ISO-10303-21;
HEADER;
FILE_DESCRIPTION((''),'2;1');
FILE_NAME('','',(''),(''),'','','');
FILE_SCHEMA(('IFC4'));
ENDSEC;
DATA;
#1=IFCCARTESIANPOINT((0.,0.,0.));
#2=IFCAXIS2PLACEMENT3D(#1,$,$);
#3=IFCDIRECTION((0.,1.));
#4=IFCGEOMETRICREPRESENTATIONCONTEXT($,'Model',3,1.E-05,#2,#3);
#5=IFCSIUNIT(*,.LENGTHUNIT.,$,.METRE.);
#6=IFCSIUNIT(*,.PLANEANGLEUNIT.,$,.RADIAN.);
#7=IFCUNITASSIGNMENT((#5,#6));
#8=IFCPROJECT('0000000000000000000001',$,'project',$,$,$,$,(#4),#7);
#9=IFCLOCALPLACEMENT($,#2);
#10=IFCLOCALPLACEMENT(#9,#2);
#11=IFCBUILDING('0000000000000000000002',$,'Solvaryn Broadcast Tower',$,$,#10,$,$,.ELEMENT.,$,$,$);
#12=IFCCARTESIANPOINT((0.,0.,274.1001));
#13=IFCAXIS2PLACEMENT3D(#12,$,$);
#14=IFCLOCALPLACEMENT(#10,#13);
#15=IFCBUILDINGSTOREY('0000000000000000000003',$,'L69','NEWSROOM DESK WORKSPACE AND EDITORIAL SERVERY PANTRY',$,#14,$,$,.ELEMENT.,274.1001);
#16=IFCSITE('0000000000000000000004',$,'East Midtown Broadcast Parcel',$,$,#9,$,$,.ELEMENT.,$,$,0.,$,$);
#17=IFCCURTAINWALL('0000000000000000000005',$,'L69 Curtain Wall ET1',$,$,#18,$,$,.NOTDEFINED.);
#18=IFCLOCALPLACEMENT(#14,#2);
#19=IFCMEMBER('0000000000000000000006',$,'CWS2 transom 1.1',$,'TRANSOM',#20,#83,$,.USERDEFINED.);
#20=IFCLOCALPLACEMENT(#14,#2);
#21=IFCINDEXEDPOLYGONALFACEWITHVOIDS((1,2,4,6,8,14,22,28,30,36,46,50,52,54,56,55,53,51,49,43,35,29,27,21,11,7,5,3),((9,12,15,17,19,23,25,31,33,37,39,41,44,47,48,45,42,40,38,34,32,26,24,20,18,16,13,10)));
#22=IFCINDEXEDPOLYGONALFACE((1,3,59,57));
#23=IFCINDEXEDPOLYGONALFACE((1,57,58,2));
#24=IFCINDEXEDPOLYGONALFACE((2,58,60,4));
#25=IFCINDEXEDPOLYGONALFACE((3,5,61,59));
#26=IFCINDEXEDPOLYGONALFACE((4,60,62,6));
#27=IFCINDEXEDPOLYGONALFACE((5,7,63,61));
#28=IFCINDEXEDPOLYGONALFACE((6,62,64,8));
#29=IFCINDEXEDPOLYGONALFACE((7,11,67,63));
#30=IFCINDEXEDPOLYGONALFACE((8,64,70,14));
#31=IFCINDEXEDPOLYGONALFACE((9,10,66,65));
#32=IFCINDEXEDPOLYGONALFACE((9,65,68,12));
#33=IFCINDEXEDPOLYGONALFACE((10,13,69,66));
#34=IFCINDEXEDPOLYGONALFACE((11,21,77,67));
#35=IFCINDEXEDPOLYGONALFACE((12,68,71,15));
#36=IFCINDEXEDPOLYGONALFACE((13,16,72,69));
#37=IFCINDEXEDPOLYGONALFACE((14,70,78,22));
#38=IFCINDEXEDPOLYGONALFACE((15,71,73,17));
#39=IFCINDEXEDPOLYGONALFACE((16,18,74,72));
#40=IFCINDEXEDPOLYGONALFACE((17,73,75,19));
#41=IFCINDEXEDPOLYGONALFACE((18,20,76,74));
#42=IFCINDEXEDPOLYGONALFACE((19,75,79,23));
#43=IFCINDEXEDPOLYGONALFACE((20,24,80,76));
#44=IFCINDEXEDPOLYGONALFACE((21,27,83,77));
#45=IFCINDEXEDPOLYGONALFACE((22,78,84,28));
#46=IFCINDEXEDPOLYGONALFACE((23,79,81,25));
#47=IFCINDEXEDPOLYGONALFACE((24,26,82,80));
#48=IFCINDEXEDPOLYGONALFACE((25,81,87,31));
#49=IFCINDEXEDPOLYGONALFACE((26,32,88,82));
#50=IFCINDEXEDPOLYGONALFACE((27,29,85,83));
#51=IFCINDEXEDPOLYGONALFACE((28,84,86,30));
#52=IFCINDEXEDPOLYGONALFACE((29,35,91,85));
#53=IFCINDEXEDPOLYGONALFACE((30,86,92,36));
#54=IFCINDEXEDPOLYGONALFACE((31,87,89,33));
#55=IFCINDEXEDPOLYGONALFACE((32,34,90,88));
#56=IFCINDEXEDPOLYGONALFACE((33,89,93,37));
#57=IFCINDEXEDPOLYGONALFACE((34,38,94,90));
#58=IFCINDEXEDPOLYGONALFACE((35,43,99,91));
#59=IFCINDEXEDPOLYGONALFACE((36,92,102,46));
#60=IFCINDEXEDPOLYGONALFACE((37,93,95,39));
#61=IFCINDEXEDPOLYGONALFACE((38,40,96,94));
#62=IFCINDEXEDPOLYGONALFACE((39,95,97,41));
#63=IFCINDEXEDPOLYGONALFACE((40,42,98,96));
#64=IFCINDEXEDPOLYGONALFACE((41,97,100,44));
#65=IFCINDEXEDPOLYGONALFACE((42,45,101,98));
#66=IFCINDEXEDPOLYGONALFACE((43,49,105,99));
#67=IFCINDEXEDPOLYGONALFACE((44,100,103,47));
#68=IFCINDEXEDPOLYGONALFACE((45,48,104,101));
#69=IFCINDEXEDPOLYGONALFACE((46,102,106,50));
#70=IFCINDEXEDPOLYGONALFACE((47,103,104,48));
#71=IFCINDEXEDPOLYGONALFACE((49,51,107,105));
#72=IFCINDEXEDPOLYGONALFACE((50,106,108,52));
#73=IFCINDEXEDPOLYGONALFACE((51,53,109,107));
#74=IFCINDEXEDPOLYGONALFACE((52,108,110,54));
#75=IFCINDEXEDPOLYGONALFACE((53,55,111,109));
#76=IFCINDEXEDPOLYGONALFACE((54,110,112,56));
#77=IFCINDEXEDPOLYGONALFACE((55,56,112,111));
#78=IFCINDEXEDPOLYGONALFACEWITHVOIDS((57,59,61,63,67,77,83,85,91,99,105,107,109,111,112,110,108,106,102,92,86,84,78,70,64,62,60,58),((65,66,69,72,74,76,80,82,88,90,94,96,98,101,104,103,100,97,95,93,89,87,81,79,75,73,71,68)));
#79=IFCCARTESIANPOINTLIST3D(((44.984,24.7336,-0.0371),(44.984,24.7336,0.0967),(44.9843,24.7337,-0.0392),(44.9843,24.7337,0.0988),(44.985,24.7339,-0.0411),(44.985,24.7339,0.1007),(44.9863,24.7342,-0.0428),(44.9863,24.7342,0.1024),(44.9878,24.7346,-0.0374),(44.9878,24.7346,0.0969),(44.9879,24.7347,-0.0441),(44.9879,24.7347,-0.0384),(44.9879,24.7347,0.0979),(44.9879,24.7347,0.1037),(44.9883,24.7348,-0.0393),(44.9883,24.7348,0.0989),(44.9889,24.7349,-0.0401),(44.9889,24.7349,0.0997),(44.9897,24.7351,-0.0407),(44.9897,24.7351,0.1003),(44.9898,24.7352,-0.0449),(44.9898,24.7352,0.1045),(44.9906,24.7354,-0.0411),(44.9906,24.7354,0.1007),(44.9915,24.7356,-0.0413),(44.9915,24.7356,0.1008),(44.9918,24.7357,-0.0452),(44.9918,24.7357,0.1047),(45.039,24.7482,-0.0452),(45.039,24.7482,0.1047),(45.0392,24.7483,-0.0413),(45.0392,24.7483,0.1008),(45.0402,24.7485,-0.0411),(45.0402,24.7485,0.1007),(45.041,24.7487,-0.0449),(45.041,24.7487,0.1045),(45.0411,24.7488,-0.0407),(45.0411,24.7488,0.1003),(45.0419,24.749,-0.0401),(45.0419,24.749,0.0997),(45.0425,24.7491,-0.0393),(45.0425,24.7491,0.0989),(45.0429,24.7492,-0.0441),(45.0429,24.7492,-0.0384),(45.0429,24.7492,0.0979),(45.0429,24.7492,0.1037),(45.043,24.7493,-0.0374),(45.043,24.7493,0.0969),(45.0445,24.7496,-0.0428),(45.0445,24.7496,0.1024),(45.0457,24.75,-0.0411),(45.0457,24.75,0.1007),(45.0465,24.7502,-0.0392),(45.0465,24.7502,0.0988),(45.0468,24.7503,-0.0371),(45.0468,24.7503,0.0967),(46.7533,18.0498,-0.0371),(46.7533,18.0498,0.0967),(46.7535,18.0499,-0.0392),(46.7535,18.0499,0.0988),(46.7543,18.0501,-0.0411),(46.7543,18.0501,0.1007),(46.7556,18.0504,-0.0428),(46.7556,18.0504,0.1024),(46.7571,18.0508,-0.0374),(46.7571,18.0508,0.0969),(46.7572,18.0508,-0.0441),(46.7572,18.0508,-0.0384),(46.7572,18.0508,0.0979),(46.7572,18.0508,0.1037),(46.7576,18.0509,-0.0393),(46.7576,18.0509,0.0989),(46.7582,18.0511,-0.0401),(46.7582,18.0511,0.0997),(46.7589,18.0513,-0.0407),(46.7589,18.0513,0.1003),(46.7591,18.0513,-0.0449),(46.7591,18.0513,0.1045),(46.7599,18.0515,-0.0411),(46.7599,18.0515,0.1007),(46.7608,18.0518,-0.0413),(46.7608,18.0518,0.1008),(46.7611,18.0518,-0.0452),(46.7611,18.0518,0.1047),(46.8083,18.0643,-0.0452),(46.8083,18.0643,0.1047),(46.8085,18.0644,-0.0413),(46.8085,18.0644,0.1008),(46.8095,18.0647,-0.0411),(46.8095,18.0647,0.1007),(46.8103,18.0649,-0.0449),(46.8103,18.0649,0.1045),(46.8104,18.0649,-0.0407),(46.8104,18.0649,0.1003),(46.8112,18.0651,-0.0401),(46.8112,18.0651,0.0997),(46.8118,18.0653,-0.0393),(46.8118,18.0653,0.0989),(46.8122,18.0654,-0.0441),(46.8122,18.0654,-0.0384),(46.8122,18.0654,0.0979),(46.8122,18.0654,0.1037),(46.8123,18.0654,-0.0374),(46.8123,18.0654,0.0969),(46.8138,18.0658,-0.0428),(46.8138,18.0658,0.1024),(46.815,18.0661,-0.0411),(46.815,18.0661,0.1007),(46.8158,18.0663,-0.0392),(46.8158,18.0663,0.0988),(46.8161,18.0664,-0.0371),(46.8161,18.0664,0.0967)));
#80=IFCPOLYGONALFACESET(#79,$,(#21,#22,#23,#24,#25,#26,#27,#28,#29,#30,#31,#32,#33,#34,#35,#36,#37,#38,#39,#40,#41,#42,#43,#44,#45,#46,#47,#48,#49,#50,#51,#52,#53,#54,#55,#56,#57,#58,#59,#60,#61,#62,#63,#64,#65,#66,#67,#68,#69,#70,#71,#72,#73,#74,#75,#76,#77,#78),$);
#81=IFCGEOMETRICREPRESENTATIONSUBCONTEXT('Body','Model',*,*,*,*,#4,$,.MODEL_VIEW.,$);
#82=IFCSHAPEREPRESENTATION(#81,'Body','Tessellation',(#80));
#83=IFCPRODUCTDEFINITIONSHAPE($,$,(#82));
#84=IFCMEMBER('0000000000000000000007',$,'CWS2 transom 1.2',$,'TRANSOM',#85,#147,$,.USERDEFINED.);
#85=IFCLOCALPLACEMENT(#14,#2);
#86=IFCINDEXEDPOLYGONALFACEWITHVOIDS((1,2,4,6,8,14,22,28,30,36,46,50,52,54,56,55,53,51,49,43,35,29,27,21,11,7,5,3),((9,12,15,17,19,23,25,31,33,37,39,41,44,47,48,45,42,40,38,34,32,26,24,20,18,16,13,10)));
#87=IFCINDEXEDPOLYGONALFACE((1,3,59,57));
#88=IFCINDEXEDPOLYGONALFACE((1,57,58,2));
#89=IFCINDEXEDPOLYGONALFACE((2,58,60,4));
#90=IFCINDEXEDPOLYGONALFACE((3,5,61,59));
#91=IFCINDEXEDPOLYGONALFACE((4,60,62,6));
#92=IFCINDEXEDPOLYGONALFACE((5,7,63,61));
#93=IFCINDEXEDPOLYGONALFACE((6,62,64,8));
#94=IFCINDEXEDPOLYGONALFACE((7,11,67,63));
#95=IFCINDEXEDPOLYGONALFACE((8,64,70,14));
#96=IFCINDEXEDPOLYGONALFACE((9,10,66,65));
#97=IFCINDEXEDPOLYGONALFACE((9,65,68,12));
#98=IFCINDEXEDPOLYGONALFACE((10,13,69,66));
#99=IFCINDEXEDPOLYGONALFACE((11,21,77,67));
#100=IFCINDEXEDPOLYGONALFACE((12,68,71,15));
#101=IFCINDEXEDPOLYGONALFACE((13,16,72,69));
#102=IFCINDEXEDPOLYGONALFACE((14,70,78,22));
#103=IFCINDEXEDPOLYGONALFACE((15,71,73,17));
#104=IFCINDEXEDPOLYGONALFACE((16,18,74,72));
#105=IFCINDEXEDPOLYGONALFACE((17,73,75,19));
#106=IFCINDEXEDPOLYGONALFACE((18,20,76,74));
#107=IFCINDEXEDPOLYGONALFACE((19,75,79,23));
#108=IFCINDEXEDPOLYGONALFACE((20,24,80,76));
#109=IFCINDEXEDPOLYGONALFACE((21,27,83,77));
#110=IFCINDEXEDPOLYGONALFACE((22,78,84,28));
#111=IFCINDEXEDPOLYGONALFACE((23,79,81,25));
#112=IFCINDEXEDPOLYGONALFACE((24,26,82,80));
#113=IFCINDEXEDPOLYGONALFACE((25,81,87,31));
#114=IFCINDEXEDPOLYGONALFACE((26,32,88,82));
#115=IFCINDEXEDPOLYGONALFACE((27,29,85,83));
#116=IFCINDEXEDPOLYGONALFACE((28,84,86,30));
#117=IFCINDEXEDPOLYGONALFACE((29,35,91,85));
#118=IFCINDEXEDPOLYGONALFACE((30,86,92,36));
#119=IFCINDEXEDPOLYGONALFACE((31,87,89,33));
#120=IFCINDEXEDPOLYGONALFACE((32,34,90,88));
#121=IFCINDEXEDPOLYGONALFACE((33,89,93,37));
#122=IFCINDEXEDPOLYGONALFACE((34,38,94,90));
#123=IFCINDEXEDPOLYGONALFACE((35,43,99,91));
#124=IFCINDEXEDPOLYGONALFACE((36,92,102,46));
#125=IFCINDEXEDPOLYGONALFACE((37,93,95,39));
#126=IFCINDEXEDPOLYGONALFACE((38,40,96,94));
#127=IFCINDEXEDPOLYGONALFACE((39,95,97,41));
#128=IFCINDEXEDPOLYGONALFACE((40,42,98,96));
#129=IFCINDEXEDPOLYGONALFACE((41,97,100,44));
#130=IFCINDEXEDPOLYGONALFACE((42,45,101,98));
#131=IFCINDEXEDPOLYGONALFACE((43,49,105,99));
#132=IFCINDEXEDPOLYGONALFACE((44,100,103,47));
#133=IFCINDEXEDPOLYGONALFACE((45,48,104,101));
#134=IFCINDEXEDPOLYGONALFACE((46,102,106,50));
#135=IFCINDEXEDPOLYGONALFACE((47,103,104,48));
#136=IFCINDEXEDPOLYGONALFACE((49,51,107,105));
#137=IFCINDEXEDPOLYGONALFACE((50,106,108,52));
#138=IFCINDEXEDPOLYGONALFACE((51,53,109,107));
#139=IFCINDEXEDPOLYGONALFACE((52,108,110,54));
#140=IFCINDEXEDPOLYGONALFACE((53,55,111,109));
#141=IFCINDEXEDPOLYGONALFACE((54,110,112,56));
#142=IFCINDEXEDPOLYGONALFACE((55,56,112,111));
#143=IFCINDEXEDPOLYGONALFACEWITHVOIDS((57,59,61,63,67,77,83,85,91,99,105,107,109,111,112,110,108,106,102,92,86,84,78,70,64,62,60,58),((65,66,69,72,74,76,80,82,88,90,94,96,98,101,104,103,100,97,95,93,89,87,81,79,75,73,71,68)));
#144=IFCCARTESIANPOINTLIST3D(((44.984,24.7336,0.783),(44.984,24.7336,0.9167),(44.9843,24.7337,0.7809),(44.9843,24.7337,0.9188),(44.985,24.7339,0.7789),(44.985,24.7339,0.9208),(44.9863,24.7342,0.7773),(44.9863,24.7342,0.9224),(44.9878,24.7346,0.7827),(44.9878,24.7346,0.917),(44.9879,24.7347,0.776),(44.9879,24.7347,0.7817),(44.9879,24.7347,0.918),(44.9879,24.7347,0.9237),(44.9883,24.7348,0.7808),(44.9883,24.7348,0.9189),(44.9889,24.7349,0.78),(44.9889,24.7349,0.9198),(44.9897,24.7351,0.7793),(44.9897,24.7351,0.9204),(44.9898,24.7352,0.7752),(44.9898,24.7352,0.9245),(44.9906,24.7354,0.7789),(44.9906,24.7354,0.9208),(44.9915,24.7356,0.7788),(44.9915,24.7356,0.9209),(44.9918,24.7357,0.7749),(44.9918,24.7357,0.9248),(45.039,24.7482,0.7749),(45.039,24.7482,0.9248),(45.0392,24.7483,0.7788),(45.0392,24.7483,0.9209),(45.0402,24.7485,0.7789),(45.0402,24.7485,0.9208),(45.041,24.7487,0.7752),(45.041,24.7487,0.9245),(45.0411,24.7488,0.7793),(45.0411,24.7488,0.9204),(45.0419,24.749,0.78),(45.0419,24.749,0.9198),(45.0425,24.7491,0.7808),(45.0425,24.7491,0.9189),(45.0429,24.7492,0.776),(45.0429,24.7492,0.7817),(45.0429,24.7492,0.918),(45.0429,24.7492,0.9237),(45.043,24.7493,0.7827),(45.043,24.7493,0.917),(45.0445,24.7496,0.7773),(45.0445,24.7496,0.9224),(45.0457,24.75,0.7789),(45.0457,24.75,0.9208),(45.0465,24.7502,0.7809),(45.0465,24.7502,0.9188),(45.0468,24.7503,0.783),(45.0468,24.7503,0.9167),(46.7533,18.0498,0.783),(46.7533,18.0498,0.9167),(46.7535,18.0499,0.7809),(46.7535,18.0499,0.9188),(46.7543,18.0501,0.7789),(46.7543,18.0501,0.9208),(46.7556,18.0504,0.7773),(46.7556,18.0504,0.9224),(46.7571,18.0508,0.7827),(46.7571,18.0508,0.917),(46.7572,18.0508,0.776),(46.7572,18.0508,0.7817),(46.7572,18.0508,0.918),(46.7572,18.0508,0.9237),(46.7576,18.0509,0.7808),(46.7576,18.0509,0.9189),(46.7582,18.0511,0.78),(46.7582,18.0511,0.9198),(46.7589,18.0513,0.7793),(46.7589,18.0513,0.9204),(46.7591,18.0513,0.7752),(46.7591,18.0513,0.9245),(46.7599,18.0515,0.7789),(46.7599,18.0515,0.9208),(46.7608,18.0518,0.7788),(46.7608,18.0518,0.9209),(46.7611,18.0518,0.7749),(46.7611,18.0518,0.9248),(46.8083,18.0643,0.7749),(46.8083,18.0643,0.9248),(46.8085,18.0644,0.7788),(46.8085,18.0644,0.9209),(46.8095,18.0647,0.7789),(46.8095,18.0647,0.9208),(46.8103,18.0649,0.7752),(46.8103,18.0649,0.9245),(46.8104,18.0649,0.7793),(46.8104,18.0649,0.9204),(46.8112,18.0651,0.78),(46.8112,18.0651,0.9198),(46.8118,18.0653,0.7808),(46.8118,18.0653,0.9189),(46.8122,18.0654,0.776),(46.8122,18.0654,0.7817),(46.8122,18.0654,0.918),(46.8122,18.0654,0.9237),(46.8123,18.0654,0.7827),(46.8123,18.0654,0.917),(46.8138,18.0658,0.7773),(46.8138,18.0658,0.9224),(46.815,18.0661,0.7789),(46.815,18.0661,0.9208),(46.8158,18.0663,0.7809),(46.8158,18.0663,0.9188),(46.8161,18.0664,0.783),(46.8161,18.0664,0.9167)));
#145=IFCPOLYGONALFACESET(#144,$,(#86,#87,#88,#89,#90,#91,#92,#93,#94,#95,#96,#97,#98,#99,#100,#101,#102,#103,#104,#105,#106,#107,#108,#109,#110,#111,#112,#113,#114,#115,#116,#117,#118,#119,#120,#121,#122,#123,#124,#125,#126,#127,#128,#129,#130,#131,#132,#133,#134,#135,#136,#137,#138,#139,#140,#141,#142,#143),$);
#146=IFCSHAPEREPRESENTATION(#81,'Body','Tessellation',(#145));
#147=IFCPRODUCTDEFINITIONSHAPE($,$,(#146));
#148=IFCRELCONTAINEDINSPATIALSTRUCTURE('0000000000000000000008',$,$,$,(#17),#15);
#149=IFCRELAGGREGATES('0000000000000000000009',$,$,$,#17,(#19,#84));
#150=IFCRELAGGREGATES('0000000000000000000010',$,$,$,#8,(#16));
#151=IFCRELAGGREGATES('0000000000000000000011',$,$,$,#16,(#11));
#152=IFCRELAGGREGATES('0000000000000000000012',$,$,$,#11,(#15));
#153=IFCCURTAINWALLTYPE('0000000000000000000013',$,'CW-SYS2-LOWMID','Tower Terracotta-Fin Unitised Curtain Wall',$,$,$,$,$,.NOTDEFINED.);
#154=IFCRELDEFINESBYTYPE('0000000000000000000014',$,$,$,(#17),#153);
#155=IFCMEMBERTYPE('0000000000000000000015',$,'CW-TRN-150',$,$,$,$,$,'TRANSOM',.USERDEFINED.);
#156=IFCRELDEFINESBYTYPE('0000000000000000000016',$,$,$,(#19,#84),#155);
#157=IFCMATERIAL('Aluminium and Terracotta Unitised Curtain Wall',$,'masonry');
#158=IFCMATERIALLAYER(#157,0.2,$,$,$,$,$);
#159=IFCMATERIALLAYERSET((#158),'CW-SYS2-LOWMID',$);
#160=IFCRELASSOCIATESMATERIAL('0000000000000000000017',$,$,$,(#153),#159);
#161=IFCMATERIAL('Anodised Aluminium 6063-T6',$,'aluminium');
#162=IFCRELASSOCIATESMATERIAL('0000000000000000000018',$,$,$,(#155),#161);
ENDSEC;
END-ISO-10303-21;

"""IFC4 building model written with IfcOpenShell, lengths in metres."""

from ifc_helpers import new_model, si_unit, direction, frame, origin, origin_2d, place, context, subcontext, project, spatial, hollow_rectangle, extrude, material, layer, layer_set, material_profile, profile_set, type_object, element, aggregate, save


model = new_model("IFC4")

# Units and contexts
model_context = context("Model", 3, precision=1e-05, world=origin(), true_north=direction((0.0, 1.0)))
body_context = subcontext(model_context, "Body", "Model", "MODEL_VIEW")
ifc_project = project(units=[si_unit("LENGTHUNIT", "METRE"), si_unit("PLANEANGLEUNIT", "RADIAN")], contexts=[model_context])

# Site, building, storey
site_placement = place(None, origin())
site = spatial("IfcSite", under=ifc_project, at=site_placement, Name="East Midtown Broadcast Parcel", CompositionType="ELEMENT", RefElevation=0.0)
building_placement = place(site_placement, origin())
building = spatial("IfcBuilding", under=site, at=building_placement, Name="Solvaryn Broadcast Tower", CompositionType="ELEMENT")
storey_placement = place(building_placement, frame((0.0, 0.0, 274.1001)))
storey = spatial("IfcBuildingStorey", under=building, at=storey_placement, Name="L69", Description="NEWSROOM DESK WORKSPACE AND EDITORIAL SERVERY PANTRY", CompositionType="ELEMENT", Elevation=274.1001)

# Curtain wall
ifc_material_1 = material(Name="Aluminium and Terracotta Unitised Curtain Wall", Category="masonry")
ifc_layer_1 = layer(ifc_material_1, 0.2)
ifc_layer_set_1 = layer_set([ifc_layer_1], Name="CW-SYS2-LOWMID")
curtain_wall_type = type_object("IfcCurtainWallType", Name="CW-SYS2-LOWMID", Description="Tower Terracotta-Fin Unitised Curtain Wall", PredefinedType="NOTDEFINED", material=ifc_layer_set_1)
curtain_wall_1_placement = place(storey_placement, origin())
curtain_wall_1 = element("IfcCurtainWall", 1, at=curtain_wall_1_placement, inside=storey, type_object=curtain_wall_type, Name="L69 Curtain Wall ET1", PredefinedType="NOTDEFINED")

# Members
ifc_material_2 = material(Name="Anodised Aluminium 6063-T6", Category="aluminium")
ifc_material_profile_1 = material_profile(ifc_material_2, hollow_rectangle(XDim=0.0649, YDim=0.1499, WallThickness=0.0039, InnerFilletRadius=0.0039, OuterFilletRadius=0.0081, at=origin_2d()))
ifc_profile_set_1 = profile_set([ifc_material_profile_1], Name="Anodised Aluminium 6063-T6")
member_type_1 = type_object("IfcMemberType", Name="CW-TRN-150", ElementType="TRANSOM", PredefinedType="USERDEFINED", material=ifc_profile_set_1)
member_1_placement = place(storey_placement, frame((45.0154, 24.7419, 0.0298), z_axis=(0.255897, -0.966704, 0.0), x_axis=(0.966704, 0.255897, 0.0)))
member_1 = element("IfcMember", 2, at=member_1_placement, type_object=member_type_1, Name="CWS2 transom 1.1", ObjectType="TRANSOM", PredefinedType="USERDEFINED", context=body_context, shape_type="SweptSolid", body=[
    extrude(hollow_rectangle(XDim=0.0649, YDim=0.1499, WallThickness=0.0039, InnerFilletRadius=0.0039, OuterFilletRadius=0.0081, at=origin_2d()), origin(), (0.0, 0.0, 1.0), 6.9141),
])
member_2_placement = place(storey_placement, frame((45.0154, 24.7419, 0.8499), z_axis=(0.255897, -0.966704, 0.0), x_axis=(0.966704, 0.255897, 0.0)))
member_2 = element("IfcMember", 3, at=member_2_placement, type_object=member_type_1, Name="CWS2 transom 1.2", ObjectType="TRANSOM", PredefinedType="USERDEFINED", context=body_context, shape_type="SweptSolid", body=[
    extrude(hollow_rectangle(XDim=0.0649, YDim=0.1499, WallThickness=0.0039, InnerFilletRadius=0.0039, OuterFilletRadius=0.0081, at=origin_2d()), origin(), (0.0, 0.0, 1.0), 6.9141),
])

aggregate(curtain_wall_1, [member_1, member_2])

save(model, "model.ifc")
